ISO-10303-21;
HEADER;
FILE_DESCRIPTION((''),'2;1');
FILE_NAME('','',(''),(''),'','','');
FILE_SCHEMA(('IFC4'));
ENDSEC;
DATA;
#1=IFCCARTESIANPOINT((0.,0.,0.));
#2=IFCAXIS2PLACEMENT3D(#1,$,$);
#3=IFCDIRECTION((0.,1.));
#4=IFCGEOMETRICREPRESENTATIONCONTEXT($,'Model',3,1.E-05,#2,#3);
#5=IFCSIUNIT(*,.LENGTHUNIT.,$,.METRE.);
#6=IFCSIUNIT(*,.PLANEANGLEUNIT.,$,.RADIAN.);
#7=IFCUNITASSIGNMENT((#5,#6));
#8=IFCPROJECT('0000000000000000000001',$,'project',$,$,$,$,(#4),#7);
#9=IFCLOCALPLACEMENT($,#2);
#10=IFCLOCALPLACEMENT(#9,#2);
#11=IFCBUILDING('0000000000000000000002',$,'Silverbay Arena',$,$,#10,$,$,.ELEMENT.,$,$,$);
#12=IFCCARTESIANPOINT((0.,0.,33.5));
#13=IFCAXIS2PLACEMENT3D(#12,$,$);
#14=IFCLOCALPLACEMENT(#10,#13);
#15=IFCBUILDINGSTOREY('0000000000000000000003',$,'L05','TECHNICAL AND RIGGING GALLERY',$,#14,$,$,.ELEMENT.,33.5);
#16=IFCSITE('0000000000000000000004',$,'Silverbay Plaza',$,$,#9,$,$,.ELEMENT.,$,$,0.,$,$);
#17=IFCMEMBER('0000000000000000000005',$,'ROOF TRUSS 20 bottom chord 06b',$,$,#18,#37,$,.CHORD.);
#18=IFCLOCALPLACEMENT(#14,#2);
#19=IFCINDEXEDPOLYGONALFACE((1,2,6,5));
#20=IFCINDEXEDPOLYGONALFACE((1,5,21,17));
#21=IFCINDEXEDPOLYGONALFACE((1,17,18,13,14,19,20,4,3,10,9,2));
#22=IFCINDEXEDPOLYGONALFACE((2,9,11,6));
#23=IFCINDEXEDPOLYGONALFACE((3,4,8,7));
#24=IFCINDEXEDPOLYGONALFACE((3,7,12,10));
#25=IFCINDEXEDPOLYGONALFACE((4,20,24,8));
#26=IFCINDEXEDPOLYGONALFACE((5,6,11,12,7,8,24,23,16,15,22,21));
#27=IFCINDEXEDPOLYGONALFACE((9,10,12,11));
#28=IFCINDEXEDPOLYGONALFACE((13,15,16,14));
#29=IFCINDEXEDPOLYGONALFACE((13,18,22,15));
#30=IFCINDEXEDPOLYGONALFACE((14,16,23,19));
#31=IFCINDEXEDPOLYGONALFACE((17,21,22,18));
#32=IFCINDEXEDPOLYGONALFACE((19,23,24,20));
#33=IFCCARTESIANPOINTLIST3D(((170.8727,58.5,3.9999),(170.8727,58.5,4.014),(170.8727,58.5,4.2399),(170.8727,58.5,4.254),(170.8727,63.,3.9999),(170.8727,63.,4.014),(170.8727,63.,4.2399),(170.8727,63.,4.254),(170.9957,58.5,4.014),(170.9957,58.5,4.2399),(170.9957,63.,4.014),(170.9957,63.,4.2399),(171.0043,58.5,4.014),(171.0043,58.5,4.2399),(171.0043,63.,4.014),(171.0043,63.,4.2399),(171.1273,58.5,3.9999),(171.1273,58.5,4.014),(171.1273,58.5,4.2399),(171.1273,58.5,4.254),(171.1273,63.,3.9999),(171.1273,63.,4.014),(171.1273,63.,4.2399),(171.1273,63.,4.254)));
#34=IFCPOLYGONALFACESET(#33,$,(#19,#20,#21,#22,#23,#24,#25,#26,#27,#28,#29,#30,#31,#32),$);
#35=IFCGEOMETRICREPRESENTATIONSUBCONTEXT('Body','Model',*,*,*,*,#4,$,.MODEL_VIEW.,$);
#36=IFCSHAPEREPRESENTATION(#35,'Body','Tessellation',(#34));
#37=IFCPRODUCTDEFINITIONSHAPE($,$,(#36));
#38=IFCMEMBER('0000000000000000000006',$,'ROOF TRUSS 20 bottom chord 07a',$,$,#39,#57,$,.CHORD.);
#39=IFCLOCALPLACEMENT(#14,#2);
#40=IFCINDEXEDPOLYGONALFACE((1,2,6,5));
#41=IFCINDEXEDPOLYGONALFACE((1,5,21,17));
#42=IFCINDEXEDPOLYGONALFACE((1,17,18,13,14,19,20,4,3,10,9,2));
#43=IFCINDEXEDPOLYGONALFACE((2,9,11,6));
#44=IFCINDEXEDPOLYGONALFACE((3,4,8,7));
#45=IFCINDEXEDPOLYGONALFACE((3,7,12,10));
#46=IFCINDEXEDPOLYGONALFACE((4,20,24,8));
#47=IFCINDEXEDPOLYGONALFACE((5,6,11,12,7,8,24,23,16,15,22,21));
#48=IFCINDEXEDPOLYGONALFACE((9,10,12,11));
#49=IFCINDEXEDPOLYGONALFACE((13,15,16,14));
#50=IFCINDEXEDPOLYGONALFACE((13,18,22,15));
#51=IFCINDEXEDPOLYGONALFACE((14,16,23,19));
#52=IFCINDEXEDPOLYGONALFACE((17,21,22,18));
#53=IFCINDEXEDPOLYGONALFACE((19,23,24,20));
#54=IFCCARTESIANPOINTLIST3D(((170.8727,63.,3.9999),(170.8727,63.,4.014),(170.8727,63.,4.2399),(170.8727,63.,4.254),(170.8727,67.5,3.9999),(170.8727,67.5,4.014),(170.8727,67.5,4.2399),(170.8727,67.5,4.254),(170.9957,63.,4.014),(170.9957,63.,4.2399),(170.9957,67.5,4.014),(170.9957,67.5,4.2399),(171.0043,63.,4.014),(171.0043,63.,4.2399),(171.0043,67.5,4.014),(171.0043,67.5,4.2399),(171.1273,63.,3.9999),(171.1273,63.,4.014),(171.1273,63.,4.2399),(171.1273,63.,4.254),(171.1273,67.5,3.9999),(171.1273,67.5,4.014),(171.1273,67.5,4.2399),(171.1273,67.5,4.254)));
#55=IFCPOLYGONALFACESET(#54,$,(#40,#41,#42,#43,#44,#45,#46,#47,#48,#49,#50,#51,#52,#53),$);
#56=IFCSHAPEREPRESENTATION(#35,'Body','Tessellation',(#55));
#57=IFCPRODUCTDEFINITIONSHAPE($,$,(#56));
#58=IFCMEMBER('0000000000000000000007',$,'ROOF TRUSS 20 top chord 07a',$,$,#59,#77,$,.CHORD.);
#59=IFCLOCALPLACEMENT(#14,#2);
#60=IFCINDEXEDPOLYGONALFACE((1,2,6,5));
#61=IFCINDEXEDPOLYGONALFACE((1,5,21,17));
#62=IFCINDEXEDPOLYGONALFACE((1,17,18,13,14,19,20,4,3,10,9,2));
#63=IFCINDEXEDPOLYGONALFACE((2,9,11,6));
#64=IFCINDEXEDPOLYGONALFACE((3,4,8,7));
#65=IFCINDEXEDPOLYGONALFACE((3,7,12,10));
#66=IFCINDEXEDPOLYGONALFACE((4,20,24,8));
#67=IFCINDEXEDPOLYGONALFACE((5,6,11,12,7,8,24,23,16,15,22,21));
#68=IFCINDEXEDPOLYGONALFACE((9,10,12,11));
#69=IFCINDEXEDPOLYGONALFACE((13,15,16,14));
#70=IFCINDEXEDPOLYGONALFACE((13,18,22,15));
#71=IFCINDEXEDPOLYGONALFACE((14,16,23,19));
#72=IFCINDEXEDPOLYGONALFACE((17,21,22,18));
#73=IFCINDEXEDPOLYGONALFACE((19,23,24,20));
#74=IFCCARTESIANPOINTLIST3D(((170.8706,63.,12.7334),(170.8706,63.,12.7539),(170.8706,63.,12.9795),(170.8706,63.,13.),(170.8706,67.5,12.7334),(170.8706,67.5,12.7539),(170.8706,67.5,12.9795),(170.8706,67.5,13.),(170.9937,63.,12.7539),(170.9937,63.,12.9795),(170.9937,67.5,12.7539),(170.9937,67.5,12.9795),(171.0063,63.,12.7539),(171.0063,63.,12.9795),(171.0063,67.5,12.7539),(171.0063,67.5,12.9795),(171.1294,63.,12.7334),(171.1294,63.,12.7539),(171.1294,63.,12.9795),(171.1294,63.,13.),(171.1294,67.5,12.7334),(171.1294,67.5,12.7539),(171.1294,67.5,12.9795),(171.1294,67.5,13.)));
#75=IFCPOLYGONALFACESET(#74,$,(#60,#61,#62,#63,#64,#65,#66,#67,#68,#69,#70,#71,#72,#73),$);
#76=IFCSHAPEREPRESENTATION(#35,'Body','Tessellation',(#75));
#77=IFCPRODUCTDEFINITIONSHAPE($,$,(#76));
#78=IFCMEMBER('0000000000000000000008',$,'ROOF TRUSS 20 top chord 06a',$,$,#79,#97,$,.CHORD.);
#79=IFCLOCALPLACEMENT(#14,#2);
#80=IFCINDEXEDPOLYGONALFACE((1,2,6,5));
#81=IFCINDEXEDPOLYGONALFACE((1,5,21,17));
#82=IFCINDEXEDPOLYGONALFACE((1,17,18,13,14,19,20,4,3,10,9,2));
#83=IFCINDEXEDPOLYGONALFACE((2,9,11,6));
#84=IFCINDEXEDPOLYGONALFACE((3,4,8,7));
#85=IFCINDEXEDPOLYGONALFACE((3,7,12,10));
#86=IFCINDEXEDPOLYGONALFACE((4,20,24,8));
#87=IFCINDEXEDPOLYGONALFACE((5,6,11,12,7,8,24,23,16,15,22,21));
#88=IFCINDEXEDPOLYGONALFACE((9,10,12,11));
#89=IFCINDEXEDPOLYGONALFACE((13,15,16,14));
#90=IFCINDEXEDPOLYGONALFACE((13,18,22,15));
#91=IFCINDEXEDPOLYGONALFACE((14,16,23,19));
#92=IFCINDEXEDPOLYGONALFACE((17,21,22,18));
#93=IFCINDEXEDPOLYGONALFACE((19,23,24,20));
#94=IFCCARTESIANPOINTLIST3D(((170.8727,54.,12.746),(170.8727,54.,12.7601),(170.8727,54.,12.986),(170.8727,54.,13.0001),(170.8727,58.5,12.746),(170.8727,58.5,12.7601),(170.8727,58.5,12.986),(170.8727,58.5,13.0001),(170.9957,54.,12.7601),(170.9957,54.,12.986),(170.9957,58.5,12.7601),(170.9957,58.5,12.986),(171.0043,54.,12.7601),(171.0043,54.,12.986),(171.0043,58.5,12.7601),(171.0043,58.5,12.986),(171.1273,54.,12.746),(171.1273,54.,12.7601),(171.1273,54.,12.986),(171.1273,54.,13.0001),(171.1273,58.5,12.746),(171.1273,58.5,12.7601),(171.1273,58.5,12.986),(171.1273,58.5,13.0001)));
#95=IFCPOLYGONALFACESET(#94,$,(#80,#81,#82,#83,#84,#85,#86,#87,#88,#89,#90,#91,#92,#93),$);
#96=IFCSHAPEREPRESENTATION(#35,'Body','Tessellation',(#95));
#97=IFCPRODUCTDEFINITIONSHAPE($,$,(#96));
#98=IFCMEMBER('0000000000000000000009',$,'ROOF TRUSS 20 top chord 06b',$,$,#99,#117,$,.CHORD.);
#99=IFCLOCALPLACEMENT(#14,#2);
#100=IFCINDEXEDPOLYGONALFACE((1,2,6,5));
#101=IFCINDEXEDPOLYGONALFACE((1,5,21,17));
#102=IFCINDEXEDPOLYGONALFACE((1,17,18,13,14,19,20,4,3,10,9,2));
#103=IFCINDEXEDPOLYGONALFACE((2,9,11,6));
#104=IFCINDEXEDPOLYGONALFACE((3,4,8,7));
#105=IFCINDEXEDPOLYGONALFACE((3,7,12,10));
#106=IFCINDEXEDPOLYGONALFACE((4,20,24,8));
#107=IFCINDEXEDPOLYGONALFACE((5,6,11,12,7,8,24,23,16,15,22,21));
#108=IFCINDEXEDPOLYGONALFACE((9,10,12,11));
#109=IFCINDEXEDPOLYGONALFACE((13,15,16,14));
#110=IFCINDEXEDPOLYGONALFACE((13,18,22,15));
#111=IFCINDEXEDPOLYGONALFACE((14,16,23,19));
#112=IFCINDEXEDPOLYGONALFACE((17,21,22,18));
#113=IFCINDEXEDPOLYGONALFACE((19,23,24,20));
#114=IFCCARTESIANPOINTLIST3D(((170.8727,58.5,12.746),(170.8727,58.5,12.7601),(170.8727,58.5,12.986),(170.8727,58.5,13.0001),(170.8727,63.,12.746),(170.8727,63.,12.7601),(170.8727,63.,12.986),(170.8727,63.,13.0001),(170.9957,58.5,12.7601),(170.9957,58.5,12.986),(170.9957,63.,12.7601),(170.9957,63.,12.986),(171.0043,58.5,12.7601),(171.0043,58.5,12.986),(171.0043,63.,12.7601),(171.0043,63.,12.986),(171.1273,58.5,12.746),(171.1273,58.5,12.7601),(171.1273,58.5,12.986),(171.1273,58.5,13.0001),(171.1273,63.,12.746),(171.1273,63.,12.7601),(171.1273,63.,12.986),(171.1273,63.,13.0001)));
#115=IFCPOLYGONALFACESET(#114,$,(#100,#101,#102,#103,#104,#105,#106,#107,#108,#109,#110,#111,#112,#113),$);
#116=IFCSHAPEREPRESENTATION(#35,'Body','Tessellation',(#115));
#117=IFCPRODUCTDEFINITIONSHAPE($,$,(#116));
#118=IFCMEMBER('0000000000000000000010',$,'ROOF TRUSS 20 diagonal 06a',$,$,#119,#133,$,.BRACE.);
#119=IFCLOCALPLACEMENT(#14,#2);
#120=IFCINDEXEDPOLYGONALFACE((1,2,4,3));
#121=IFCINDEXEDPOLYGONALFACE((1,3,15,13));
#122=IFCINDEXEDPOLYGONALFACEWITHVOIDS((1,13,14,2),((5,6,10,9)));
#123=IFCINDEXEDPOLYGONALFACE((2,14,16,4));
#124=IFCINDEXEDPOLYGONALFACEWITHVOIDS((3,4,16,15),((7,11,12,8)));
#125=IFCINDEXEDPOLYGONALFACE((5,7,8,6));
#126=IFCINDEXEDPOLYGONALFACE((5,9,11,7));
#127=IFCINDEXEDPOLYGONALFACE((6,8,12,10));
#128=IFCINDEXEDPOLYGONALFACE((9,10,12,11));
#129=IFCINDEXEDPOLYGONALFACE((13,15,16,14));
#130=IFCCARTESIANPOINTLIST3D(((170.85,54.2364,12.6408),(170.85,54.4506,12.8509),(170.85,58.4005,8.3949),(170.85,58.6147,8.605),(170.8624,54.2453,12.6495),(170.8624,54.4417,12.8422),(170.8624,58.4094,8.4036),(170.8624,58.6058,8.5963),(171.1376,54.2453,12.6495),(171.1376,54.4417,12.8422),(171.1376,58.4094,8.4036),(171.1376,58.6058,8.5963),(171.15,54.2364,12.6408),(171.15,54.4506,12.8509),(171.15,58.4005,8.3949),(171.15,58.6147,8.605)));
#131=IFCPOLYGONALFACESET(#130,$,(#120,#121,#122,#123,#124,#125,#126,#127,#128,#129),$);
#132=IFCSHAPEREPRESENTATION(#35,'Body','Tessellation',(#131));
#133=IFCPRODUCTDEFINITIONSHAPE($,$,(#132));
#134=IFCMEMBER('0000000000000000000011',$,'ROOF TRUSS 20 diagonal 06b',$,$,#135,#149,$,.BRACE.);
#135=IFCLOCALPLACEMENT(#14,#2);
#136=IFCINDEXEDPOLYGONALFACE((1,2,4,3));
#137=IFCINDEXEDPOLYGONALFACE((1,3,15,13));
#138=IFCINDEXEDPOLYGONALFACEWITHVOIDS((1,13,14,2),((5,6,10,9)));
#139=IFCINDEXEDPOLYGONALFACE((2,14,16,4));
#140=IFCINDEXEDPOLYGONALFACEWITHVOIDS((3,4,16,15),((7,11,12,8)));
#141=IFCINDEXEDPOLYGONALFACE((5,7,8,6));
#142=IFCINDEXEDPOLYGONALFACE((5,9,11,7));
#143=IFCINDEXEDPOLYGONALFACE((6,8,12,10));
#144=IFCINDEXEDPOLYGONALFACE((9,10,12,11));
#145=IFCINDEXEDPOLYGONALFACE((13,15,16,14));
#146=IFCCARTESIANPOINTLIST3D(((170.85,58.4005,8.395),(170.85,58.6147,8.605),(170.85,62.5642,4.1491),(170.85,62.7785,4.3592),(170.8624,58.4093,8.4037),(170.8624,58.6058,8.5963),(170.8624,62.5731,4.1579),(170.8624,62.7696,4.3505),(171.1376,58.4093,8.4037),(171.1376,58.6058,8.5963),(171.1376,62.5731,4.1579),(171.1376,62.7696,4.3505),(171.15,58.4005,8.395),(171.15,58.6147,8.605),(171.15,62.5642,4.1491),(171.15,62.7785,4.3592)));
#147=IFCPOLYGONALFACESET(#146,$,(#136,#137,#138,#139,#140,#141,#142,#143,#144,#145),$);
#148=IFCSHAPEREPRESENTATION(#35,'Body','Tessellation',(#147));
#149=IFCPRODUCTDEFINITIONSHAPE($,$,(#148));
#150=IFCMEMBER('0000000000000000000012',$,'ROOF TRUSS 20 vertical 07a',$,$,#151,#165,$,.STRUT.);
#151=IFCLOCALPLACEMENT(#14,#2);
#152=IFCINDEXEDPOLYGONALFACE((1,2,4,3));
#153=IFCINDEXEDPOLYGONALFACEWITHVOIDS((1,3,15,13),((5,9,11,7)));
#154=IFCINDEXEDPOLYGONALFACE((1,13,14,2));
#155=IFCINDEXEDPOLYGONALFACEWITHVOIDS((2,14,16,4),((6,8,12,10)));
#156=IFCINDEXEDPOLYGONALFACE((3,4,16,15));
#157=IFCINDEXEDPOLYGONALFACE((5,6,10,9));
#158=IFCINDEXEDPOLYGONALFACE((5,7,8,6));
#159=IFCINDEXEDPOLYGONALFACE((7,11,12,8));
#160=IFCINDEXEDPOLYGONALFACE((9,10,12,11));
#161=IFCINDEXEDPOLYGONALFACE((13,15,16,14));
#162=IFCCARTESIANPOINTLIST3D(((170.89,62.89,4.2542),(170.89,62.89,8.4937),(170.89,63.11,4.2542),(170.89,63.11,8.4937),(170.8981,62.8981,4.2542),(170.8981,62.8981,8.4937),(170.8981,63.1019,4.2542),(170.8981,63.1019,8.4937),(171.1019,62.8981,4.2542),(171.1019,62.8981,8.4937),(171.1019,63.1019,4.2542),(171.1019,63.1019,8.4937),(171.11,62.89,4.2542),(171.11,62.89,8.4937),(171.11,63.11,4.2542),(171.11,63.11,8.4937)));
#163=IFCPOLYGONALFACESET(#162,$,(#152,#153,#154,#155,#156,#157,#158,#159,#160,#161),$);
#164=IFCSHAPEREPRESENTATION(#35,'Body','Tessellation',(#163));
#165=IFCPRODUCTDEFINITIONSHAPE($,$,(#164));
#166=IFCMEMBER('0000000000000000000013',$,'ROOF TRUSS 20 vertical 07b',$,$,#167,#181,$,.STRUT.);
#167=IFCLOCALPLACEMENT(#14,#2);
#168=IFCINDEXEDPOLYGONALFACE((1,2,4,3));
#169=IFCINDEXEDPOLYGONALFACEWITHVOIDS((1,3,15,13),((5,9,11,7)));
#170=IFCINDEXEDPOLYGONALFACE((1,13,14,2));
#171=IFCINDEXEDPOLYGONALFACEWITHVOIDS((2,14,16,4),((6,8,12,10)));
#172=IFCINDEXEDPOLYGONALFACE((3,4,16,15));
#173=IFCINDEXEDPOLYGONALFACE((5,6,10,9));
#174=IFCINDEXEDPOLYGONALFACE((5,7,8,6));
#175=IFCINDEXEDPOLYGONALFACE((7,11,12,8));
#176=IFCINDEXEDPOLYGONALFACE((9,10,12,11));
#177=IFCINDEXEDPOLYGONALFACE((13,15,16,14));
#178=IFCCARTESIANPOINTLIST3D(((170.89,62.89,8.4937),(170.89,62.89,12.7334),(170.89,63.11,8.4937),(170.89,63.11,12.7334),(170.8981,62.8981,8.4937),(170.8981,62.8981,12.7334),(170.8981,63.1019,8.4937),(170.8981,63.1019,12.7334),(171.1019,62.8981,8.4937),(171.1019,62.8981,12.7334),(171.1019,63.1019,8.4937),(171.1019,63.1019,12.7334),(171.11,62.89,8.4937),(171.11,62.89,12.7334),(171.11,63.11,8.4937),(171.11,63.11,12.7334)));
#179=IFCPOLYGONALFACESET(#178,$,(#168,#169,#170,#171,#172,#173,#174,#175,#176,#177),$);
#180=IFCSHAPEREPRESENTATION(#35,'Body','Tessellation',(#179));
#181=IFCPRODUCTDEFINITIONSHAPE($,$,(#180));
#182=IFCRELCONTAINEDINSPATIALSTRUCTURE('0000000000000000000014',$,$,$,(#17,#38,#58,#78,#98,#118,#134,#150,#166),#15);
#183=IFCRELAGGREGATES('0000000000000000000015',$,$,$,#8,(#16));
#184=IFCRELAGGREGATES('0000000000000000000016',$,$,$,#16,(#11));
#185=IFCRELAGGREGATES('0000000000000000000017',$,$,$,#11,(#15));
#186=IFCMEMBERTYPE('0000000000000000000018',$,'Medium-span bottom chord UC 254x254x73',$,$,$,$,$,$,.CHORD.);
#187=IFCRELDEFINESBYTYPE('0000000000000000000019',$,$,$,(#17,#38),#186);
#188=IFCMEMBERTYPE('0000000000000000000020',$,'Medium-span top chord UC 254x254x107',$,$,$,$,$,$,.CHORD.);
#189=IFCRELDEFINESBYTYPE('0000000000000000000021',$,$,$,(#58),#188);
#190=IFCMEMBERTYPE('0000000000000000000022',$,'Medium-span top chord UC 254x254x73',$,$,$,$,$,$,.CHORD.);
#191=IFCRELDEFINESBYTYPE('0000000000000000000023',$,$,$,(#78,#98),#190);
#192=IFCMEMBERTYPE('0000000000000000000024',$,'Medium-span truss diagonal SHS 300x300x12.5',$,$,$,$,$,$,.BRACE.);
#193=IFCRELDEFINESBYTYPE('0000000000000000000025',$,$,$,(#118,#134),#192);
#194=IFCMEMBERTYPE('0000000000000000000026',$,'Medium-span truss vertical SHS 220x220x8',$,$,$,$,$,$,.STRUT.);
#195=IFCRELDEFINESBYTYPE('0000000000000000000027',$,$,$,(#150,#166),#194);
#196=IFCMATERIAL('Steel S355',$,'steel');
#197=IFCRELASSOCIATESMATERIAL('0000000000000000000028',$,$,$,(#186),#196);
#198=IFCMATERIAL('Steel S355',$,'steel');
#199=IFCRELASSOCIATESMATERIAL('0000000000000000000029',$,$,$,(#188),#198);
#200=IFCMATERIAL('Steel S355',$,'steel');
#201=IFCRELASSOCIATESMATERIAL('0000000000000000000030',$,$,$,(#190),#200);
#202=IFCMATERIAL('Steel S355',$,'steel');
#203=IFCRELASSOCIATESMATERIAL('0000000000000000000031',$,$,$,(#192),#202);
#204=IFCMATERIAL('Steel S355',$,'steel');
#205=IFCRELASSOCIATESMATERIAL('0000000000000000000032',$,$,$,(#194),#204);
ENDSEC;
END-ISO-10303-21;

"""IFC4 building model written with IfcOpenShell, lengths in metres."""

from ifc_helpers import new_model, si_unit, direction, frame, origin, origin_2d, place, context, subcontext, project, spatial, hollow_rectangle, i_section, extrude, material, material_profile, profile_set, type_object, element, save


model = new_model("IFC4")

# Units and contexts
model_context = context("Model", 3, precision=1e-05, world=origin(), true_north=direction((0.0, 1.0)))
body_context = subcontext(model_context, "Body", "Model", "MODEL_VIEW")
ifc_project = project(units=[si_unit("LENGTHUNIT", "METRE"), si_unit("PLANEANGLEUNIT", "RADIAN")], contexts=[model_context])

# Site, building, storey
site_placement = place(None, origin())
site = spatial("IfcSite", under=ifc_project, at=site_placement, Name="Silverbay Plaza", CompositionType="ELEMENT", RefElevation=0.0)
building_placement = place(site_placement, origin())
building = spatial("IfcBuilding", under=site, at=building_placement, Name="Silverbay Arena", CompositionType="ELEMENT")
storey_placement = place(building_placement, frame((0.0, 0.0, 33.5)))
storey = spatial("IfcBuildingStorey", under=building, at=storey_placement, Name="L05", Description="TECHNICAL AND RIGGING GALLERY", CompositionType="ELEMENT", Elevation=33.5)

# Members
ifc_material_1 = material(Name="Steel S355", Category="steel")
ifc_material_profile_1 = material_profile(ifc_material_1, i_section(OverallWidth=0.2546, OverallDepth=0.2542, WebThickness=0.0085, FlangeThickness=0.0142, at=origin_2d()), Name="UC 254x254x73")
ifc_profile_set_1 = profile_set([ifc_material_profile_1], Name="Steel S355")
member_type_1 = type_object("IfcMemberType", Name="Medium-span bottom chord UC 254x254x73", PredefinedType="CHORD", material=ifc_profile_set_1)
for number, where, z_axis, x_axis, name in (
    (1, (171.0, 58.5, 4.127), (0.0, 1.0, 0.0), (-1.0, 0.0, 0.0), "ROOF TRUSS 20 bottom chord 06b"),
    (2, (171.0, 63.0, 4.127), (0.0, 1.0, 0.0), (-1.0, 0.0, 0.0), "ROOF TRUSS 20 bottom chord 07a"),
):
    element("IfcMember", number, at=place(storey_placement, frame(where, z_axis=z_axis, x_axis=x_axis)), inside=storey, type_object=member_type_1, Name=name, PredefinedType="CHORD", context=body_context, shape_type="SweptSolid", body=[
        extrude(i_section(OverallWidth=0.2546, OverallDepth=0.2542, WebThickness=0.0085, FlangeThickness=0.0142, at=origin_2d()), origin(), (0.0, 0.0, 1.0), 4.5),
    ])
ifc_material_2 = material(Name="Steel S355", Category="steel")
ifc_material_profile_2 = material_profile(ifc_material_2, i_section(OverallWidth=0.2588, OverallDepth=0.2666, WebThickness=0.0127, FlangeThickness=0.0205, at=origin_2d()), Name="UC 254x254x107")
ifc_profile_set_2 = profile_set([ifc_material_profile_2], Name="Steel S355")
member_type_2 = type_object("IfcMemberType", Name="Medium-span top chord UC 254x254x107", PredefinedType="CHORD", material=ifc_profile_set_2)
member_1_placement = place(storey_placement, frame((171.0, 63.0, 12.8667), z_axis=(0.0, 1.0, 0.0), x_axis=(-1.0, 0.0, 0.0)))
element("IfcMember", 3, at=member_1_placement, inside=storey, type_object=member_type_2, Name="ROOF TRUSS 20 top chord 07a", PredefinedType="CHORD", context=body_context, shape_type="SweptSolid", body=[
    extrude(i_section(OverallWidth=0.2588, OverallDepth=0.2666, WebThickness=0.0127, FlangeThickness=0.0205, at=origin_2d()), origin(), (0.0, 0.0, 1.0), 4.5),
])
ifc_material_3 = material(Name="Steel S355", Category="steel")
ifc_material_profile_3 = material_profile(ifc_material_3, i_section(OverallWidth=0.2546, OverallDepth=0.2542, WebThickness=0.0085, FlangeThickness=0.0142, at=origin_2d()), Name="UC 254x254x73")
ifc_profile_set_3 = profile_set([ifc_material_profile_3], Name="Steel S355")
member_type_3 = type_object("IfcMemberType", Name="Medium-span top chord UC 254x254x73", PredefinedType="CHORD", material=ifc_profile_set_3)
for number, where, z_axis, x_axis, name in (
    (4, (171.0, 54.0, 12.873), (0.0, 1.0, 0.0), (-1.0, 0.0, 0.0), "ROOF TRUSS 20 top chord 06a"),
    (5, (171.0, 58.5, 12.873), (0.0, 1.0, 0.0), (-1.0, 0.0, 0.0), "ROOF TRUSS 20 top chord 06b"),
):
    element("IfcMember", number, at=place(storey_placement, frame(where, z_axis=z_axis, x_axis=x_axis)), inside=storey, type_object=member_type_3, Name=name, PredefinedType="CHORD", context=body_context, shape_type="SweptSolid", body=[
        extrude(i_section(OverallWidth=0.2546, OverallDepth=0.2542, WebThickness=0.0085, FlangeThickness=0.0142, at=origin_2d()), origin(), (0.0, 0.0, 1.0), 4.5),
    ])
ifc_material_4 = material(Name="Steel S355", Category="steel")
ifc_material_profile_4 = material_profile(ifc_material_4, hollow_rectangle(XDim=0.3, YDim=0.3, WallThickness=0.0125, at=origin_2d()), Name="SHS 300x300x12.5")
ifc_profile_set_4 = profile_set([ifc_material_profile_4], Name="Steel S355")
member_type_4 = type_object("IfcMemberType", Name="Medium-span truss diagonal SHS 300x300x12.5", PredefinedType="BRACE", material=ifc_profile_set_4)
member_2_placement = place(storey_placement, frame((171.0, 54.3435, 12.7458), z_axis=(0.0, 0.700197, -0.71395), x_axis=(-1.0, 0.0, 0.0)))
element("IfcMember", 6, at=member_2_placement, inside=storey, type_object=member_type_4, Name="ROOF TRUSS 20 diagonal 06a", PredefinedType="BRACE", context=body_context, shape_type="SweptSolid", body=[
    extrude(hollow_rectangle(XDim=0.3, YDim=0.3, WallThickness=0.0125, at=origin_2d()), origin(), (0.0, 0.0, 1.0), 5.947),
])
member_3_placement = place(storey_placement, frame((171.0, 58.5076, 8.5), z_axis=(0.0, 0.700176, -0.71397), x_axis=(-1.0, 0.0, 0.0)))
element("IfcMember", 7, at=member_3_placement, inside=storey, type_object=member_type_4, Name="ROOF TRUSS 20 diagonal 06b", PredefinedType="BRACE", context=body_context, shape_type="SweptSolid", body=[
    extrude(hollow_rectangle(XDim=0.3, YDim=0.3, WallThickness=0.0125, at=origin_2d()), origin(), (0.0, 0.0, 1.0), 5.9468),
])
ifc_material_5 = material(Name="Steel S355", Category="steel")
ifc_material_profile_5 = material_profile(ifc_material_5, hollow_rectangle(XDim=0.22, YDim=0.22, WallThickness=0.0081, at=origin_2d()), Name="SHS 220x220x8")
ifc_profile_set_5 = profile_set([ifc_material_profile_5], Name="Steel S355")
member_type_5 = type_object("IfcMemberType", Name="Medium-span truss vertical SHS 220x220x8", PredefinedType="STRUT", material=ifc_profile_set_5)
member_4_placement = place(storey_placement, frame((171.0, 63.0, 4.2542), z_axis=(0.0, 0.0, 1.0), x_axis=(1.0, 0.0, 0.0)))
element("IfcMember", 8, at=member_4_placement, inside=storey, type_object=member_type_5, Name="ROOF TRUSS 20 vertical 07a", PredefinedType="STRUT", context=body_context, shape_type="SweptSolid", body=[
    extrude(hollow_rectangle(XDim=0.22, YDim=0.22, WallThickness=0.0081, at=origin_2d()), origin(), (0.0, 0.0, 1.0), 4.2395),
])
member_5_placement = place(storey_placement, frame((171.0, 63.0, 8.4937), z_axis=(0.0, 0.0, 1.0), x_axis=(1.0, 0.0, 0.0)))
element("IfcMember", 9, at=member_5_placement, inside=storey, type_object=member_type_5, Name="ROOF TRUSS 20 vertical 07b", PredefinedType="STRUT", context=body_context, shape_type="SweptSolid", body=[
    extrude(hollow_rectangle(XDim=0.22, YDim=0.22, WallThickness=0.0081, at=origin_2d()), origin(), (0.0, 0.0, 1.0), 4.2397),
])

save(model, "model.ifc")
